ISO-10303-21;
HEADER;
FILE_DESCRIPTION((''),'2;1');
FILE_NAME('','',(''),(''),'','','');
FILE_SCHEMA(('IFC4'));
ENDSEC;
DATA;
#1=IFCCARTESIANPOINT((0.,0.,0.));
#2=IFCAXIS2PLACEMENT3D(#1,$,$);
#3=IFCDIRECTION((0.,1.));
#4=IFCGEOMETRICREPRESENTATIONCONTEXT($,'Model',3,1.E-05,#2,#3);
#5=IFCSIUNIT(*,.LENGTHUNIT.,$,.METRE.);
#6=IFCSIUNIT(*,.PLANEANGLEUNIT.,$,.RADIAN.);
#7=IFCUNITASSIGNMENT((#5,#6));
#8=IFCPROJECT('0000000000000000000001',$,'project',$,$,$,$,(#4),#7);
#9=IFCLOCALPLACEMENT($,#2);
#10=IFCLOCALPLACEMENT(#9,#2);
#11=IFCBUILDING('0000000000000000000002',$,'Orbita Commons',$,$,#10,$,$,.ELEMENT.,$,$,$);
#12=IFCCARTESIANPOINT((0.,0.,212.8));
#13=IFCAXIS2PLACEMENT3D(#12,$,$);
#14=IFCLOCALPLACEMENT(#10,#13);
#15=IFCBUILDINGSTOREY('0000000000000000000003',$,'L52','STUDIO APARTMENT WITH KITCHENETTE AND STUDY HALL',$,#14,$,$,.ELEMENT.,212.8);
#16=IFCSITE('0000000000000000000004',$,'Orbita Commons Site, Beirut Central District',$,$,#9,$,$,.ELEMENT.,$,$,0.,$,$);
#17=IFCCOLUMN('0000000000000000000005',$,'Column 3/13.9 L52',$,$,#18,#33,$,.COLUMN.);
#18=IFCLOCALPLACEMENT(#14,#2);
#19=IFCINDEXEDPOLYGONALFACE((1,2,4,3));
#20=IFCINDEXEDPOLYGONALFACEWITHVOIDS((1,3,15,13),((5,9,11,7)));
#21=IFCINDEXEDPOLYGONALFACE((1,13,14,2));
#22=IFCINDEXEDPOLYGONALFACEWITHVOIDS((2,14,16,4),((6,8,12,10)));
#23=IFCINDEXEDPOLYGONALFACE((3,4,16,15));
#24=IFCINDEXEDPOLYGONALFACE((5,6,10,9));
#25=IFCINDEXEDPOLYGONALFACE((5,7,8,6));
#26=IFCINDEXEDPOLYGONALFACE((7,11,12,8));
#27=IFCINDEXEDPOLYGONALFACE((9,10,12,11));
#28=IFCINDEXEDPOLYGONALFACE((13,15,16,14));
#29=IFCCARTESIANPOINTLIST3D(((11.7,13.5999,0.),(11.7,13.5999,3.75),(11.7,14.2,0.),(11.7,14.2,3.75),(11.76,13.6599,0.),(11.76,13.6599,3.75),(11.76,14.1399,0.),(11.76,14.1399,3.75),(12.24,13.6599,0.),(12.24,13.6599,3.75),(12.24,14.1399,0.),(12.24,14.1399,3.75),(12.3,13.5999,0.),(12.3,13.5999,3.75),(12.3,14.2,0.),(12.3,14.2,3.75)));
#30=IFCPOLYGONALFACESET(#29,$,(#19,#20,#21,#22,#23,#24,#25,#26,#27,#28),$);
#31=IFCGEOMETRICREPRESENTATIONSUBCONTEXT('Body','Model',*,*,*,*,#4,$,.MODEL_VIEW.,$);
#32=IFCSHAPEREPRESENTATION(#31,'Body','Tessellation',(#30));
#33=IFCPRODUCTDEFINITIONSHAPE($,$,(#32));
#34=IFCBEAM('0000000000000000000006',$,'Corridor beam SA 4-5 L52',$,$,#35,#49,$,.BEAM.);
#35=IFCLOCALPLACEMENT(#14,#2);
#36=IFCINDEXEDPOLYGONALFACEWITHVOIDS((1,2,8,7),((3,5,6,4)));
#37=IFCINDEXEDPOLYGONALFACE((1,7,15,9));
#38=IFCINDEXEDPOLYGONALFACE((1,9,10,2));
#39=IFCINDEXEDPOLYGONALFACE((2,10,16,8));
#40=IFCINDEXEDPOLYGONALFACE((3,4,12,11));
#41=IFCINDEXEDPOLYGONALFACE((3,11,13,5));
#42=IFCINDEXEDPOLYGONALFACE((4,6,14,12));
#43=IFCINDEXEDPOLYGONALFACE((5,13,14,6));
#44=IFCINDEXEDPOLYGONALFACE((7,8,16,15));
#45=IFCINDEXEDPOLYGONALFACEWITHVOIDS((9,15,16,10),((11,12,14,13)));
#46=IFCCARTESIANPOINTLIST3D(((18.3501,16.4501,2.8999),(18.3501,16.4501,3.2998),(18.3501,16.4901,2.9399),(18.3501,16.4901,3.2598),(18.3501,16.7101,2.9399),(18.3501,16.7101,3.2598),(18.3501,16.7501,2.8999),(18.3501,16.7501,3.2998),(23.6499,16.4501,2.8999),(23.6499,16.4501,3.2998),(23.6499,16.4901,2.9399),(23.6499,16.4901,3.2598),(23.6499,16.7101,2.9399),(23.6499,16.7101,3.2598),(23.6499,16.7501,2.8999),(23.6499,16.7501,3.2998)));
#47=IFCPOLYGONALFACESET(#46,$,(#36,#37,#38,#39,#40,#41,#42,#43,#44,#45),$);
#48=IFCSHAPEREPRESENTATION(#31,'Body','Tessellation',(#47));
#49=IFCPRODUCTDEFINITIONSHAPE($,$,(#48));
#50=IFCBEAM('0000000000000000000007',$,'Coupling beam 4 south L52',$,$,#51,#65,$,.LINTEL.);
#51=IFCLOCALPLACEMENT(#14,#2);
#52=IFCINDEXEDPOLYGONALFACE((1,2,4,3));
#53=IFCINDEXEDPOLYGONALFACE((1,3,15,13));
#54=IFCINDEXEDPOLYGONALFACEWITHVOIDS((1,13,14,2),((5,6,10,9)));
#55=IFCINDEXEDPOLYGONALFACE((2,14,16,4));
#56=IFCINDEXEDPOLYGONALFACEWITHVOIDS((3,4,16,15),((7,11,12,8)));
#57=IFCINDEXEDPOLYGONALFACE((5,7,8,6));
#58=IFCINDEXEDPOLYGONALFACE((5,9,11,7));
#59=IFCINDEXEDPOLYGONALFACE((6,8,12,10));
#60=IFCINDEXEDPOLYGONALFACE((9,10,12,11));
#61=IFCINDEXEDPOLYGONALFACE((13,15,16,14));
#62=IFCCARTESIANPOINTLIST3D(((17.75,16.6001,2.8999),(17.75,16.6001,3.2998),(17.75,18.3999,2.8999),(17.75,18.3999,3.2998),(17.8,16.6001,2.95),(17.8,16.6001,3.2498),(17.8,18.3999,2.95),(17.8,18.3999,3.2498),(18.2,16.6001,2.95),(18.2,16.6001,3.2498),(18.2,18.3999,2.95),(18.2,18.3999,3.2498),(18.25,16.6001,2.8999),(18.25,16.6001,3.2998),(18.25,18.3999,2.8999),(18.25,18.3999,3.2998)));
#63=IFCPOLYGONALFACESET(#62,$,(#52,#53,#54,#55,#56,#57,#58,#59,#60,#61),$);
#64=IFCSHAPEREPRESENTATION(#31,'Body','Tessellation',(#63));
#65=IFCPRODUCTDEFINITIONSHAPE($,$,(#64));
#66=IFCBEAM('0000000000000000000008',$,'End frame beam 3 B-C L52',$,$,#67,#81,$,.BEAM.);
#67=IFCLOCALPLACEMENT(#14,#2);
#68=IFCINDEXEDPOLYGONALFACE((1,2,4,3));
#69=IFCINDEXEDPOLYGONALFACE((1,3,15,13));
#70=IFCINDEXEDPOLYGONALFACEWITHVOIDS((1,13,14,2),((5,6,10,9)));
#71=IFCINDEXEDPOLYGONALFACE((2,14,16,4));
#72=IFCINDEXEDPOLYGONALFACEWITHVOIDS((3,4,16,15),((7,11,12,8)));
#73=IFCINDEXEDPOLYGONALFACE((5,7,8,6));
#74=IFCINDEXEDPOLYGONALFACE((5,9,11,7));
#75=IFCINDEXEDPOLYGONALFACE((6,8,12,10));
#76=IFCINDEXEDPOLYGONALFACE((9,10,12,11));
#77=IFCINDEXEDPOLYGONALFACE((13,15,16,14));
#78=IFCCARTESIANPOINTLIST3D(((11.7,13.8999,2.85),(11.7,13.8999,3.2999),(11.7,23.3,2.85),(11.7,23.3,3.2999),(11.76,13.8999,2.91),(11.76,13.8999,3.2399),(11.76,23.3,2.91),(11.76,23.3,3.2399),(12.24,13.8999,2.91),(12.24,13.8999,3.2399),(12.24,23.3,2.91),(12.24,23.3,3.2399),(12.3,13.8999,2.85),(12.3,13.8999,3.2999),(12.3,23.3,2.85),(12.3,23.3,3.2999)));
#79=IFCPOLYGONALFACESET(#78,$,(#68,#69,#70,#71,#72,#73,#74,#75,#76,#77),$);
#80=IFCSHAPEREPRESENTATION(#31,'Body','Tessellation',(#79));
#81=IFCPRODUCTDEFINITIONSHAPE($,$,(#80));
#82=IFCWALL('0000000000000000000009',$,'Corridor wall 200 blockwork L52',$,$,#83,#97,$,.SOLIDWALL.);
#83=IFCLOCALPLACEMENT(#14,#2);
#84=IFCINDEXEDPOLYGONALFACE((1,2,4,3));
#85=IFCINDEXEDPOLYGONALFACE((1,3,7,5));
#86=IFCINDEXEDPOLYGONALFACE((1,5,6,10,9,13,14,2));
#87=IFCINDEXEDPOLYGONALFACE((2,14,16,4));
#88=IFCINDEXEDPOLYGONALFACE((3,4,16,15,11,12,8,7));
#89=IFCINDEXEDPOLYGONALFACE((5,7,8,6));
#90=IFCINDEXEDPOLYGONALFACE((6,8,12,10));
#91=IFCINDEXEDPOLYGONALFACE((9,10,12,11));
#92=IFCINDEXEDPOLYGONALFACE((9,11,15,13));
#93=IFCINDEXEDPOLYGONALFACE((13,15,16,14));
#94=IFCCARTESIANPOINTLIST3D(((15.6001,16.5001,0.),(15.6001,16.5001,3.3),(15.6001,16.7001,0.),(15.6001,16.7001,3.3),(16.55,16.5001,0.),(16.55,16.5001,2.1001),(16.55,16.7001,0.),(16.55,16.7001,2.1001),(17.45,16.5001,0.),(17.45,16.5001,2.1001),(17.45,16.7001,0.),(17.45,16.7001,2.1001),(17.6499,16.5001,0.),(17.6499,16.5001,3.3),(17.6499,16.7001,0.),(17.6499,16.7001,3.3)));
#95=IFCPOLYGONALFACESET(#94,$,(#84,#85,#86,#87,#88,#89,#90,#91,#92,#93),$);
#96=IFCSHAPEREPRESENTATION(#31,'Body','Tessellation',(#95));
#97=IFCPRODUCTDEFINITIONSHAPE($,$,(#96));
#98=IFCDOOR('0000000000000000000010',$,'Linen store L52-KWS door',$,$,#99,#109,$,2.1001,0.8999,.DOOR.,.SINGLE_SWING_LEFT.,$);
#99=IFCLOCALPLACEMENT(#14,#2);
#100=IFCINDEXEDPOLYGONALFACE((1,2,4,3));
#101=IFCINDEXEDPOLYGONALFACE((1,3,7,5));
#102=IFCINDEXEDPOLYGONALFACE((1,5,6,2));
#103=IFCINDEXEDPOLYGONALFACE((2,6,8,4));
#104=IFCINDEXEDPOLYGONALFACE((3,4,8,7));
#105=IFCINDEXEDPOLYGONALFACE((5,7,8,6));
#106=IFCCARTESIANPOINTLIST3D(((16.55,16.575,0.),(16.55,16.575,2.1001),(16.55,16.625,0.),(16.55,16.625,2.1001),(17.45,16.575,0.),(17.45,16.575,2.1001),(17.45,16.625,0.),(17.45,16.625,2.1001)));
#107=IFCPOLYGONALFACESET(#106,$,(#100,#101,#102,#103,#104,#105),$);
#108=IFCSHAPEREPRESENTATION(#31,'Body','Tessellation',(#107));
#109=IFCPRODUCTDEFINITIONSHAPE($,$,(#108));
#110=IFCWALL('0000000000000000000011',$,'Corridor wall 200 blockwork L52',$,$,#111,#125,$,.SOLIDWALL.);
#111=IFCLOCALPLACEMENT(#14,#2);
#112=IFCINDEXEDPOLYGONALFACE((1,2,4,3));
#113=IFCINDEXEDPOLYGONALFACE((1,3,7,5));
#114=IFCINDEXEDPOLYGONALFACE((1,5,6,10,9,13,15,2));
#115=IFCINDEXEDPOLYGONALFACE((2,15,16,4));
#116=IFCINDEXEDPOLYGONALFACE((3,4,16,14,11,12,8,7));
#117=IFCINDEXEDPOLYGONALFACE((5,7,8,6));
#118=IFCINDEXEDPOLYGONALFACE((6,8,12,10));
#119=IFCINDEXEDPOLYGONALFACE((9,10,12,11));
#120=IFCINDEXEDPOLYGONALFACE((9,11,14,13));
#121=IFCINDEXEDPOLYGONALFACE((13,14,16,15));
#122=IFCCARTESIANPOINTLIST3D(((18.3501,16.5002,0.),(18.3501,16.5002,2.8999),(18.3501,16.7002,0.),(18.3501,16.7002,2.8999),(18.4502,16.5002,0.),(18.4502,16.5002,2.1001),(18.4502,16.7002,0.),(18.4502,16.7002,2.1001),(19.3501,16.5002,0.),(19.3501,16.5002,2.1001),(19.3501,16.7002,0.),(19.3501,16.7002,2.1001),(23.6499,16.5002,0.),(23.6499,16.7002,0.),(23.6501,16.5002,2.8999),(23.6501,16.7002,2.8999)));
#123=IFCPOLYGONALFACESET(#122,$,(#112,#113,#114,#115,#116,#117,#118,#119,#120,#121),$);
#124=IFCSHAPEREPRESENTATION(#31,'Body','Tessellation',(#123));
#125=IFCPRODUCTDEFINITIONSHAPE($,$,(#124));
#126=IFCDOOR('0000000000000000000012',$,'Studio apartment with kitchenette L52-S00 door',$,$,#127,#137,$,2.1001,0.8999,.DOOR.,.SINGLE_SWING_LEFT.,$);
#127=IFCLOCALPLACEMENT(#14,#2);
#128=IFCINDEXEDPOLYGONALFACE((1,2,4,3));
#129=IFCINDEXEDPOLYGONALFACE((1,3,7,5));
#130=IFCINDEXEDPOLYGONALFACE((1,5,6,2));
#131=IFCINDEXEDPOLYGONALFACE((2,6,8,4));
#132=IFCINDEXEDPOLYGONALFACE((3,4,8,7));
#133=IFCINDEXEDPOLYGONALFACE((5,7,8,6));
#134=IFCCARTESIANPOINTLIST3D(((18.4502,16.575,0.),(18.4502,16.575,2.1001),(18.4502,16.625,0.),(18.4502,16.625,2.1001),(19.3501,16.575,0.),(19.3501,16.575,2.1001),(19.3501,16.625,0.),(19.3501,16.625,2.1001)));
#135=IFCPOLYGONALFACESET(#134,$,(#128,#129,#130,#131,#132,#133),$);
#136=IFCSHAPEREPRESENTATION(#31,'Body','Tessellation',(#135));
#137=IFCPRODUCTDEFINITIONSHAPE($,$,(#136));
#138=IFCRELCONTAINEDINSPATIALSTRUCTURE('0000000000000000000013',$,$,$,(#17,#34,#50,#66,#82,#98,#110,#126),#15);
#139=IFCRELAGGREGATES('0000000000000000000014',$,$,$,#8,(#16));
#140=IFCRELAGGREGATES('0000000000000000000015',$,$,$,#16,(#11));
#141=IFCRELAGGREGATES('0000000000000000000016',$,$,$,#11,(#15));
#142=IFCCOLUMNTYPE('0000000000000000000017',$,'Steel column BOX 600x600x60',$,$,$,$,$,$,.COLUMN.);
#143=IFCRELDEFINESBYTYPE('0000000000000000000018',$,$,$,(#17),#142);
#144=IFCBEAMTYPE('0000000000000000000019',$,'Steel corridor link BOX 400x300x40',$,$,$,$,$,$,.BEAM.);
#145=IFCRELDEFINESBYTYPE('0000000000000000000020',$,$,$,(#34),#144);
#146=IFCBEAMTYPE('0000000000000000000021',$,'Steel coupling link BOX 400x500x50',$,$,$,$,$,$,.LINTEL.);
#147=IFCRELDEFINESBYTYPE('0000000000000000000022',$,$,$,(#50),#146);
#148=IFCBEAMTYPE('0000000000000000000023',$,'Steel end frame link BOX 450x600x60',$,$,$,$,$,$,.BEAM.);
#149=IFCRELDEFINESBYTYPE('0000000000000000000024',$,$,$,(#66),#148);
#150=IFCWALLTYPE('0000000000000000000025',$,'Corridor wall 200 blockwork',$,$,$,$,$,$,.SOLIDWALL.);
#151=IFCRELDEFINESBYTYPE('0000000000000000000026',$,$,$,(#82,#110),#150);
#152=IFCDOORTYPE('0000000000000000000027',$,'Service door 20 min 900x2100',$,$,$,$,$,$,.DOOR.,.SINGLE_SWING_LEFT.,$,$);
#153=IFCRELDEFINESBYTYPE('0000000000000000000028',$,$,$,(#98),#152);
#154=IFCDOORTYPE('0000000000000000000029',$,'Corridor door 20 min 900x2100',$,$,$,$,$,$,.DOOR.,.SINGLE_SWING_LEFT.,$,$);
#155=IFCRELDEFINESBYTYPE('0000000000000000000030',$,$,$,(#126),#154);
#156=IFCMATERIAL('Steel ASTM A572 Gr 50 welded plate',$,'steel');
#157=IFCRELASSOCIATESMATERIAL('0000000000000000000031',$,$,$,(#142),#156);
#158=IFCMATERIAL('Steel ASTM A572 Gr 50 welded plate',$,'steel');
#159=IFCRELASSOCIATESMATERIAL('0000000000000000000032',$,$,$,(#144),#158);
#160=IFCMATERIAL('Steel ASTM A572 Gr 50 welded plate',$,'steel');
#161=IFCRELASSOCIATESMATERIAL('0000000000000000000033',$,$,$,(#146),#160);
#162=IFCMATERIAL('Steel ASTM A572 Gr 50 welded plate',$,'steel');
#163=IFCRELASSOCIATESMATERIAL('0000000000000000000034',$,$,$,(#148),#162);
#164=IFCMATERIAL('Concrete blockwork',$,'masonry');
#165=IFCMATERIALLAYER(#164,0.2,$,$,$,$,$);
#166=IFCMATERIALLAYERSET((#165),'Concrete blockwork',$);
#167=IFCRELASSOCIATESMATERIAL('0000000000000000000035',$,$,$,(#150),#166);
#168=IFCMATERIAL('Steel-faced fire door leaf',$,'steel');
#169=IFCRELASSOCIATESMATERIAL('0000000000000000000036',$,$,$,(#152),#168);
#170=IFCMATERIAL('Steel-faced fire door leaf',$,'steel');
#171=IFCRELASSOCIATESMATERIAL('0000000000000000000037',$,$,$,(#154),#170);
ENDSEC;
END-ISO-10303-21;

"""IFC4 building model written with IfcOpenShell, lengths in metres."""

from ifc_helpers import new_model, si_unit, direction, frame, frame_2d, origin, origin_2d, place, context, subcontext, project, spatial, polyline, rectangle, hollow_rectangle, outline, extrude, material, layer, layer_set, material_profile, profile_set, type_object, element, fill, save


model = new_model("IFC4")

# Units and contexts
model_context = context("Model", 3, precision=1e-05, world=origin(), true_north=direction((0.0, 1.0)))
body_context = subcontext(model_context, "Body", "Model", "MODEL_VIEW")
ifc_project = project(units=[si_unit("LENGTHUNIT", "METRE"), si_unit("PLANEANGLEUNIT", "RADIAN")], contexts=[model_context])

# Site, building, storey
site_placement = place(None, origin())
site = spatial("IfcSite", under=ifc_project, at=site_placement, Name="Orbita Commons Site, Beirut Central District", CompositionType="ELEMENT", RefElevation=0.0)
building_placement = place(site_placement, origin())
building = spatial("IfcBuilding", under=site, at=building_placement, Name="Orbita Commons", CompositionType="ELEMENT")
storey_placement = place(building_placement, frame((0.0, 0.0, 212.8)))
storey = spatial("IfcBuildingStorey", under=building, at=storey_placement, Name="L52", Description="STUDIO APARTMENT WITH KITCHENETTE AND STUDY HALL", CompositionType="ELEMENT", Elevation=212.8)

# Column
ifc_material_1 = material(Name="Steel ASTM A572 Gr 50 welded plate", Category="steel")
ifc_material_profile_1 = material_profile(ifc_material_1, hollow_rectangle(XDim=0.6001, YDim=0.6001, WallThickness=0.0601, at=origin_2d()), Name="BOX 600x600x60")
ifc_profile_set_1 = profile_set([ifc_material_profile_1], Name="Steel ASTM A572 Gr 50 welded plate")
column_type = type_object("IfcColumnType", Name="Steel column BOX 600x600x60", PredefinedType="COLUMN", material=ifc_profile_set_1)
column_placement = place(storey_placement, frame((12.0, 13.8999, 0.0), z_axis=(0.0, 0.0, 1.0), x_axis=(1.0, 0.0, 0.0)))
element("IfcColumn", 1, at=column_placement, inside=storey, type_object=column_type, Name="Column 3/13.9 L52", PredefinedType="COLUMN", context=body_context, shape_type="SweptSolid", body=[
    extrude(hollow_rectangle(XDim=0.6001, YDim=0.6001, WallThickness=0.0601, at=origin_2d()), origin(), (0.0, 0.0, 1.0), 3.75),
])

# Beams
ifc_material_2 = material(Name="Steel ASTM A572 Gr 50 welded plate", Category="steel")
ifc_material_profile_2 = material_profile(ifc_material_2, hollow_rectangle(XDim=0.3, YDim=0.3999, WallThickness=0.04, at=origin_2d()), Name="BOX 400x300x40")
ifc_profile_set_2 = profile_set([ifc_material_profile_2], Name="Steel ASTM A572 Gr 50 welded plate")
beam_type_1 = type_object("IfcBeamType", Name="Steel corridor link BOX 400x300x40", PredefinedType="BEAM", material=ifc_profile_set_2)
beam_1_placement = place(storey_placement, frame((18.3501, 16.6001, 3.0999), z_axis=(1.0, 0.0, 0.0), x_axis=(0.0, 1.0, 0.0)))
element("IfcBeam", 2, at=beam_1_placement, inside=storey, type_object=beam_type_1, Name="Corridor beam SA 4-5 L52", PredefinedType="BEAM", context=body_context, shape_type="SweptSolid", body=[
    extrude(hollow_rectangle(XDim=0.3, YDim=0.3999, WallThickness=0.04, at=origin_2d()), origin(), (0.0, 0.0, 1.0), 5.2998),
])
ifc_material_3 = material(Name="Steel ASTM A572 Gr 50 welded plate", Category="steel")
ifc_material_profile_3 = material_profile(ifc_material_3, hollow_rectangle(XDim=0.5, YDim=0.3999, WallThickness=0.05, at=origin_2d()), Name="BOX 400x500x50")
ifc_profile_set_3 = profile_set([ifc_material_profile_3], Name="Steel ASTM A572 Gr 50 welded plate")
beam_type_2 = type_object("IfcBeamType", Name="Steel coupling link BOX 400x500x50", PredefinedType="LINTEL", material=ifc_profile_set_3)
beam_2_placement = place(storey_placement, frame((18.0, 16.6001, 3.0999), z_axis=(0.0, 1.0, 0.0), x_axis=(-1.0, 0.0, 0.0)))
element("IfcBeam", 3, at=beam_2_placement, inside=storey, type_object=beam_type_2, Name="Coupling beam 4 south L52", PredefinedType="LINTEL", context=body_context, shape_type="SweptSolid", body=[
    extrude(hollow_rectangle(XDim=0.5, YDim=0.3999, WallThickness=0.05, at=origin_2d()), origin(), (0.0, 0.0, 1.0), 1.7998),
])
ifc_material_4 = material(Name="Steel ASTM A572 Gr 50 welded plate", Category="steel")
ifc_material_profile_4 = material_profile(ifc_material_4, hollow_rectangle(XDim=0.6001, YDim=0.45, WallThickness=0.0601, at=origin_2d()), Name="BOX 450x600x60")
ifc_profile_set_4 = profile_set([ifc_material_profile_4], Name="Steel ASTM A572 Gr 50 welded plate")
beam_type_3 = type_object("IfcBeamType", Name="Steel end frame link BOX 450x600x60", PredefinedType="BEAM", material=ifc_profile_set_4)
beam_3_placement = place(storey_placement, frame((12.0, 13.8999, 3.075), z_axis=(0.0, 1.0, 0.0), x_axis=(-1.0, 0.0, 0.0)))
element("IfcBeam", 4, at=beam_3_placement, inside=storey, type_object=beam_type_3, Name="End frame beam 3 B-C L52", PredefinedType="BEAM", context=body_context, shape_type="SweptSolid", body=[
    extrude(hollow_rectangle(XDim=0.6001, YDim=0.45, WallThickness=0.0601, at=origin_2d()), origin(), (0.0, 0.0, 1.0), 9.4001),
])

# Walls, openings, doors
ifc_material_5 = material(Name="Concrete blockwork", Category="masonry")
ifc_layer_1 = layer(ifc_material_5, 0.2)
ifc_layer_set_1 = layer_set([ifc_layer_1], Name="Concrete blockwork")
wall_type_1 = type_object("IfcWallType", Name="Corridor wall 200 blockwork", PredefinedType="SOLIDWALL", material=ifc_layer_set_1)
wall_1_placement = place(storey_placement, frame((15.6001, 16.6001, 0.0), z_axis=(0.0, 0.0, 1.0), x_axis=(1.0, 0.0, 0.0)))
wall_1 = element("IfcWall", 5, at=wall_1_placement, inside=storey, type_object=wall_type_1, Name="Corridor wall 200 blockwork L52", PredefinedType="SOLIDWALL", context=body_context, shape_type="SweptSolid", body=[
    extrude(rectangle(XDim=2.0498, YDim=0.2, at=frame_2d((1.0249, 0.0))), origin(), (0.0, 0.0, 1.0), 3.3),
])
opening_1_placement = place(wall_1_placement, frame((0.95, 0.0, 0.0)))
opening_1 = element("IfcOpeningElement", 6, at=opening_1_placement, cuts=wall_1, PredefinedType="OPENING", context=body_context, shape_type="SweptSolid", body=[
    extrude(rectangle(XDim=0.8999, YDim=2.1001, at=frame_2d((0.45, 1.05))), frame((0.0, 0.1099, 0.0), z_axis=(0.0, -1.0, 0.0), x_axis=(1.0, 0.0, 0.0)), (0.0, 0.0, 1.0), 0.22),
])
ifc_material_6 = material(Name="Steel-faced fire door leaf", Category="steel")
door_type_1 = type_object("IfcDoorType", Name="Service door 20 min 900x2100", OperationType="SINGLE_SWING_LEFT", PredefinedType="DOOR", material=ifc_material_6)
door_1_placement = place(opening_1_placement, origin())
door_1 = element("IfcDoor", 7, at=door_1_placement, inside=storey, type_object=door_type_1, Name="Linen store L52-KWS door", OperationType="SINGLE_SWING_LEFT", OverallHeight=2.1001, OverallWidth=0.8999, PredefinedType="DOOR", context=body_context, shape_type="SweptSolid", body=[
    extrude(rectangle(XDim=0.8999, YDim=2.1001, at=frame_2d((0.45, 1.05))), frame((0.0, 0.0249, 0.0), z_axis=(0.0, -1.0, 0.0), x_axis=(1.0, 0.0, 0.0)), (0.0, 0.0, 1.0), 0.05),
])
fill(opening_1, door_1)
wall_2_placement = place(storey_placement, frame((18.3501, 16.6001, 0.0), z_axis=(0.0, 0.0, 1.0), x_axis=(1.0, 0.0, 0.0)))
wall_2 = element("IfcWall", 8, at=wall_2_placement, inside=storey, type_object=wall_type_1, Name="Corridor wall 200 blockwork L52", PredefinedType="SOLIDWALL", context=body_context, shape_type="SweptSolid", body=[
    extrude(outline(polyline([(0.0, 0.0), (5.2998, 0.0), (5.3, 2.8999), (0.0, 2.8999), (0.0, 0.0)])), frame((0.0, 0.1001, 0.0), z_axis=(0.0, -1.0, 0.0), x_axis=(1.0, 0.0, 0.0)), (0.0, 0.0, 1.0), 0.2),
])
opening_2_placement = place(wall_2_placement, frame((0.1001, 0.0, 0.0)))
opening_2 = element("IfcOpeningElement", 9, at=opening_2_placement, cuts=wall_2, PredefinedType="OPENING", context=body_context, shape_type="SweptSolid", body=[
    extrude(rectangle(XDim=0.8999, YDim=2.1001, at=frame_2d((0.45, 1.05))), frame((0.0, 0.1099, 0.0), z_axis=(0.0, -1.0, 0.0), x_axis=(1.0, 0.0, 0.0)), (0.0, 0.0, 1.0), 0.22),
])
ifc_material_7 = material(Name="Steel-faced fire door leaf", Category="steel")
door_type_2 = type_object("IfcDoorType", Name="Corridor door 20 min 900x2100", OperationType="SINGLE_SWING_LEFT", PredefinedType="DOOR", material=ifc_material_7)
door_2_placement = place(opening_2_placement, origin())
door_2 = element("IfcDoor", 10, at=door_2_placement, inside=storey, type_object=door_type_2, Name="Studio apartment with kitchenette L52-S00 door", OperationType="SINGLE_SWING_LEFT", OverallHeight=2.1001, OverallWidth=0.8999, PredefinedType="DOOR", context=body_context, shape_type="SweptSolid", body=[
    extrude(rectangle(XDim=0.8999, YDim=2.1001, at=frame_2d((0.45, 1.05))), frame((0.0, 0.0249, 0.0), z_axis=(0.0, -1.0, 0.0), x_axis=(1.0, 0.0, 0.0)), (0.0, 0.0, 1.0), 0.05),
])
fill(opening_2, door_2)

save(model, "model.ifc")
